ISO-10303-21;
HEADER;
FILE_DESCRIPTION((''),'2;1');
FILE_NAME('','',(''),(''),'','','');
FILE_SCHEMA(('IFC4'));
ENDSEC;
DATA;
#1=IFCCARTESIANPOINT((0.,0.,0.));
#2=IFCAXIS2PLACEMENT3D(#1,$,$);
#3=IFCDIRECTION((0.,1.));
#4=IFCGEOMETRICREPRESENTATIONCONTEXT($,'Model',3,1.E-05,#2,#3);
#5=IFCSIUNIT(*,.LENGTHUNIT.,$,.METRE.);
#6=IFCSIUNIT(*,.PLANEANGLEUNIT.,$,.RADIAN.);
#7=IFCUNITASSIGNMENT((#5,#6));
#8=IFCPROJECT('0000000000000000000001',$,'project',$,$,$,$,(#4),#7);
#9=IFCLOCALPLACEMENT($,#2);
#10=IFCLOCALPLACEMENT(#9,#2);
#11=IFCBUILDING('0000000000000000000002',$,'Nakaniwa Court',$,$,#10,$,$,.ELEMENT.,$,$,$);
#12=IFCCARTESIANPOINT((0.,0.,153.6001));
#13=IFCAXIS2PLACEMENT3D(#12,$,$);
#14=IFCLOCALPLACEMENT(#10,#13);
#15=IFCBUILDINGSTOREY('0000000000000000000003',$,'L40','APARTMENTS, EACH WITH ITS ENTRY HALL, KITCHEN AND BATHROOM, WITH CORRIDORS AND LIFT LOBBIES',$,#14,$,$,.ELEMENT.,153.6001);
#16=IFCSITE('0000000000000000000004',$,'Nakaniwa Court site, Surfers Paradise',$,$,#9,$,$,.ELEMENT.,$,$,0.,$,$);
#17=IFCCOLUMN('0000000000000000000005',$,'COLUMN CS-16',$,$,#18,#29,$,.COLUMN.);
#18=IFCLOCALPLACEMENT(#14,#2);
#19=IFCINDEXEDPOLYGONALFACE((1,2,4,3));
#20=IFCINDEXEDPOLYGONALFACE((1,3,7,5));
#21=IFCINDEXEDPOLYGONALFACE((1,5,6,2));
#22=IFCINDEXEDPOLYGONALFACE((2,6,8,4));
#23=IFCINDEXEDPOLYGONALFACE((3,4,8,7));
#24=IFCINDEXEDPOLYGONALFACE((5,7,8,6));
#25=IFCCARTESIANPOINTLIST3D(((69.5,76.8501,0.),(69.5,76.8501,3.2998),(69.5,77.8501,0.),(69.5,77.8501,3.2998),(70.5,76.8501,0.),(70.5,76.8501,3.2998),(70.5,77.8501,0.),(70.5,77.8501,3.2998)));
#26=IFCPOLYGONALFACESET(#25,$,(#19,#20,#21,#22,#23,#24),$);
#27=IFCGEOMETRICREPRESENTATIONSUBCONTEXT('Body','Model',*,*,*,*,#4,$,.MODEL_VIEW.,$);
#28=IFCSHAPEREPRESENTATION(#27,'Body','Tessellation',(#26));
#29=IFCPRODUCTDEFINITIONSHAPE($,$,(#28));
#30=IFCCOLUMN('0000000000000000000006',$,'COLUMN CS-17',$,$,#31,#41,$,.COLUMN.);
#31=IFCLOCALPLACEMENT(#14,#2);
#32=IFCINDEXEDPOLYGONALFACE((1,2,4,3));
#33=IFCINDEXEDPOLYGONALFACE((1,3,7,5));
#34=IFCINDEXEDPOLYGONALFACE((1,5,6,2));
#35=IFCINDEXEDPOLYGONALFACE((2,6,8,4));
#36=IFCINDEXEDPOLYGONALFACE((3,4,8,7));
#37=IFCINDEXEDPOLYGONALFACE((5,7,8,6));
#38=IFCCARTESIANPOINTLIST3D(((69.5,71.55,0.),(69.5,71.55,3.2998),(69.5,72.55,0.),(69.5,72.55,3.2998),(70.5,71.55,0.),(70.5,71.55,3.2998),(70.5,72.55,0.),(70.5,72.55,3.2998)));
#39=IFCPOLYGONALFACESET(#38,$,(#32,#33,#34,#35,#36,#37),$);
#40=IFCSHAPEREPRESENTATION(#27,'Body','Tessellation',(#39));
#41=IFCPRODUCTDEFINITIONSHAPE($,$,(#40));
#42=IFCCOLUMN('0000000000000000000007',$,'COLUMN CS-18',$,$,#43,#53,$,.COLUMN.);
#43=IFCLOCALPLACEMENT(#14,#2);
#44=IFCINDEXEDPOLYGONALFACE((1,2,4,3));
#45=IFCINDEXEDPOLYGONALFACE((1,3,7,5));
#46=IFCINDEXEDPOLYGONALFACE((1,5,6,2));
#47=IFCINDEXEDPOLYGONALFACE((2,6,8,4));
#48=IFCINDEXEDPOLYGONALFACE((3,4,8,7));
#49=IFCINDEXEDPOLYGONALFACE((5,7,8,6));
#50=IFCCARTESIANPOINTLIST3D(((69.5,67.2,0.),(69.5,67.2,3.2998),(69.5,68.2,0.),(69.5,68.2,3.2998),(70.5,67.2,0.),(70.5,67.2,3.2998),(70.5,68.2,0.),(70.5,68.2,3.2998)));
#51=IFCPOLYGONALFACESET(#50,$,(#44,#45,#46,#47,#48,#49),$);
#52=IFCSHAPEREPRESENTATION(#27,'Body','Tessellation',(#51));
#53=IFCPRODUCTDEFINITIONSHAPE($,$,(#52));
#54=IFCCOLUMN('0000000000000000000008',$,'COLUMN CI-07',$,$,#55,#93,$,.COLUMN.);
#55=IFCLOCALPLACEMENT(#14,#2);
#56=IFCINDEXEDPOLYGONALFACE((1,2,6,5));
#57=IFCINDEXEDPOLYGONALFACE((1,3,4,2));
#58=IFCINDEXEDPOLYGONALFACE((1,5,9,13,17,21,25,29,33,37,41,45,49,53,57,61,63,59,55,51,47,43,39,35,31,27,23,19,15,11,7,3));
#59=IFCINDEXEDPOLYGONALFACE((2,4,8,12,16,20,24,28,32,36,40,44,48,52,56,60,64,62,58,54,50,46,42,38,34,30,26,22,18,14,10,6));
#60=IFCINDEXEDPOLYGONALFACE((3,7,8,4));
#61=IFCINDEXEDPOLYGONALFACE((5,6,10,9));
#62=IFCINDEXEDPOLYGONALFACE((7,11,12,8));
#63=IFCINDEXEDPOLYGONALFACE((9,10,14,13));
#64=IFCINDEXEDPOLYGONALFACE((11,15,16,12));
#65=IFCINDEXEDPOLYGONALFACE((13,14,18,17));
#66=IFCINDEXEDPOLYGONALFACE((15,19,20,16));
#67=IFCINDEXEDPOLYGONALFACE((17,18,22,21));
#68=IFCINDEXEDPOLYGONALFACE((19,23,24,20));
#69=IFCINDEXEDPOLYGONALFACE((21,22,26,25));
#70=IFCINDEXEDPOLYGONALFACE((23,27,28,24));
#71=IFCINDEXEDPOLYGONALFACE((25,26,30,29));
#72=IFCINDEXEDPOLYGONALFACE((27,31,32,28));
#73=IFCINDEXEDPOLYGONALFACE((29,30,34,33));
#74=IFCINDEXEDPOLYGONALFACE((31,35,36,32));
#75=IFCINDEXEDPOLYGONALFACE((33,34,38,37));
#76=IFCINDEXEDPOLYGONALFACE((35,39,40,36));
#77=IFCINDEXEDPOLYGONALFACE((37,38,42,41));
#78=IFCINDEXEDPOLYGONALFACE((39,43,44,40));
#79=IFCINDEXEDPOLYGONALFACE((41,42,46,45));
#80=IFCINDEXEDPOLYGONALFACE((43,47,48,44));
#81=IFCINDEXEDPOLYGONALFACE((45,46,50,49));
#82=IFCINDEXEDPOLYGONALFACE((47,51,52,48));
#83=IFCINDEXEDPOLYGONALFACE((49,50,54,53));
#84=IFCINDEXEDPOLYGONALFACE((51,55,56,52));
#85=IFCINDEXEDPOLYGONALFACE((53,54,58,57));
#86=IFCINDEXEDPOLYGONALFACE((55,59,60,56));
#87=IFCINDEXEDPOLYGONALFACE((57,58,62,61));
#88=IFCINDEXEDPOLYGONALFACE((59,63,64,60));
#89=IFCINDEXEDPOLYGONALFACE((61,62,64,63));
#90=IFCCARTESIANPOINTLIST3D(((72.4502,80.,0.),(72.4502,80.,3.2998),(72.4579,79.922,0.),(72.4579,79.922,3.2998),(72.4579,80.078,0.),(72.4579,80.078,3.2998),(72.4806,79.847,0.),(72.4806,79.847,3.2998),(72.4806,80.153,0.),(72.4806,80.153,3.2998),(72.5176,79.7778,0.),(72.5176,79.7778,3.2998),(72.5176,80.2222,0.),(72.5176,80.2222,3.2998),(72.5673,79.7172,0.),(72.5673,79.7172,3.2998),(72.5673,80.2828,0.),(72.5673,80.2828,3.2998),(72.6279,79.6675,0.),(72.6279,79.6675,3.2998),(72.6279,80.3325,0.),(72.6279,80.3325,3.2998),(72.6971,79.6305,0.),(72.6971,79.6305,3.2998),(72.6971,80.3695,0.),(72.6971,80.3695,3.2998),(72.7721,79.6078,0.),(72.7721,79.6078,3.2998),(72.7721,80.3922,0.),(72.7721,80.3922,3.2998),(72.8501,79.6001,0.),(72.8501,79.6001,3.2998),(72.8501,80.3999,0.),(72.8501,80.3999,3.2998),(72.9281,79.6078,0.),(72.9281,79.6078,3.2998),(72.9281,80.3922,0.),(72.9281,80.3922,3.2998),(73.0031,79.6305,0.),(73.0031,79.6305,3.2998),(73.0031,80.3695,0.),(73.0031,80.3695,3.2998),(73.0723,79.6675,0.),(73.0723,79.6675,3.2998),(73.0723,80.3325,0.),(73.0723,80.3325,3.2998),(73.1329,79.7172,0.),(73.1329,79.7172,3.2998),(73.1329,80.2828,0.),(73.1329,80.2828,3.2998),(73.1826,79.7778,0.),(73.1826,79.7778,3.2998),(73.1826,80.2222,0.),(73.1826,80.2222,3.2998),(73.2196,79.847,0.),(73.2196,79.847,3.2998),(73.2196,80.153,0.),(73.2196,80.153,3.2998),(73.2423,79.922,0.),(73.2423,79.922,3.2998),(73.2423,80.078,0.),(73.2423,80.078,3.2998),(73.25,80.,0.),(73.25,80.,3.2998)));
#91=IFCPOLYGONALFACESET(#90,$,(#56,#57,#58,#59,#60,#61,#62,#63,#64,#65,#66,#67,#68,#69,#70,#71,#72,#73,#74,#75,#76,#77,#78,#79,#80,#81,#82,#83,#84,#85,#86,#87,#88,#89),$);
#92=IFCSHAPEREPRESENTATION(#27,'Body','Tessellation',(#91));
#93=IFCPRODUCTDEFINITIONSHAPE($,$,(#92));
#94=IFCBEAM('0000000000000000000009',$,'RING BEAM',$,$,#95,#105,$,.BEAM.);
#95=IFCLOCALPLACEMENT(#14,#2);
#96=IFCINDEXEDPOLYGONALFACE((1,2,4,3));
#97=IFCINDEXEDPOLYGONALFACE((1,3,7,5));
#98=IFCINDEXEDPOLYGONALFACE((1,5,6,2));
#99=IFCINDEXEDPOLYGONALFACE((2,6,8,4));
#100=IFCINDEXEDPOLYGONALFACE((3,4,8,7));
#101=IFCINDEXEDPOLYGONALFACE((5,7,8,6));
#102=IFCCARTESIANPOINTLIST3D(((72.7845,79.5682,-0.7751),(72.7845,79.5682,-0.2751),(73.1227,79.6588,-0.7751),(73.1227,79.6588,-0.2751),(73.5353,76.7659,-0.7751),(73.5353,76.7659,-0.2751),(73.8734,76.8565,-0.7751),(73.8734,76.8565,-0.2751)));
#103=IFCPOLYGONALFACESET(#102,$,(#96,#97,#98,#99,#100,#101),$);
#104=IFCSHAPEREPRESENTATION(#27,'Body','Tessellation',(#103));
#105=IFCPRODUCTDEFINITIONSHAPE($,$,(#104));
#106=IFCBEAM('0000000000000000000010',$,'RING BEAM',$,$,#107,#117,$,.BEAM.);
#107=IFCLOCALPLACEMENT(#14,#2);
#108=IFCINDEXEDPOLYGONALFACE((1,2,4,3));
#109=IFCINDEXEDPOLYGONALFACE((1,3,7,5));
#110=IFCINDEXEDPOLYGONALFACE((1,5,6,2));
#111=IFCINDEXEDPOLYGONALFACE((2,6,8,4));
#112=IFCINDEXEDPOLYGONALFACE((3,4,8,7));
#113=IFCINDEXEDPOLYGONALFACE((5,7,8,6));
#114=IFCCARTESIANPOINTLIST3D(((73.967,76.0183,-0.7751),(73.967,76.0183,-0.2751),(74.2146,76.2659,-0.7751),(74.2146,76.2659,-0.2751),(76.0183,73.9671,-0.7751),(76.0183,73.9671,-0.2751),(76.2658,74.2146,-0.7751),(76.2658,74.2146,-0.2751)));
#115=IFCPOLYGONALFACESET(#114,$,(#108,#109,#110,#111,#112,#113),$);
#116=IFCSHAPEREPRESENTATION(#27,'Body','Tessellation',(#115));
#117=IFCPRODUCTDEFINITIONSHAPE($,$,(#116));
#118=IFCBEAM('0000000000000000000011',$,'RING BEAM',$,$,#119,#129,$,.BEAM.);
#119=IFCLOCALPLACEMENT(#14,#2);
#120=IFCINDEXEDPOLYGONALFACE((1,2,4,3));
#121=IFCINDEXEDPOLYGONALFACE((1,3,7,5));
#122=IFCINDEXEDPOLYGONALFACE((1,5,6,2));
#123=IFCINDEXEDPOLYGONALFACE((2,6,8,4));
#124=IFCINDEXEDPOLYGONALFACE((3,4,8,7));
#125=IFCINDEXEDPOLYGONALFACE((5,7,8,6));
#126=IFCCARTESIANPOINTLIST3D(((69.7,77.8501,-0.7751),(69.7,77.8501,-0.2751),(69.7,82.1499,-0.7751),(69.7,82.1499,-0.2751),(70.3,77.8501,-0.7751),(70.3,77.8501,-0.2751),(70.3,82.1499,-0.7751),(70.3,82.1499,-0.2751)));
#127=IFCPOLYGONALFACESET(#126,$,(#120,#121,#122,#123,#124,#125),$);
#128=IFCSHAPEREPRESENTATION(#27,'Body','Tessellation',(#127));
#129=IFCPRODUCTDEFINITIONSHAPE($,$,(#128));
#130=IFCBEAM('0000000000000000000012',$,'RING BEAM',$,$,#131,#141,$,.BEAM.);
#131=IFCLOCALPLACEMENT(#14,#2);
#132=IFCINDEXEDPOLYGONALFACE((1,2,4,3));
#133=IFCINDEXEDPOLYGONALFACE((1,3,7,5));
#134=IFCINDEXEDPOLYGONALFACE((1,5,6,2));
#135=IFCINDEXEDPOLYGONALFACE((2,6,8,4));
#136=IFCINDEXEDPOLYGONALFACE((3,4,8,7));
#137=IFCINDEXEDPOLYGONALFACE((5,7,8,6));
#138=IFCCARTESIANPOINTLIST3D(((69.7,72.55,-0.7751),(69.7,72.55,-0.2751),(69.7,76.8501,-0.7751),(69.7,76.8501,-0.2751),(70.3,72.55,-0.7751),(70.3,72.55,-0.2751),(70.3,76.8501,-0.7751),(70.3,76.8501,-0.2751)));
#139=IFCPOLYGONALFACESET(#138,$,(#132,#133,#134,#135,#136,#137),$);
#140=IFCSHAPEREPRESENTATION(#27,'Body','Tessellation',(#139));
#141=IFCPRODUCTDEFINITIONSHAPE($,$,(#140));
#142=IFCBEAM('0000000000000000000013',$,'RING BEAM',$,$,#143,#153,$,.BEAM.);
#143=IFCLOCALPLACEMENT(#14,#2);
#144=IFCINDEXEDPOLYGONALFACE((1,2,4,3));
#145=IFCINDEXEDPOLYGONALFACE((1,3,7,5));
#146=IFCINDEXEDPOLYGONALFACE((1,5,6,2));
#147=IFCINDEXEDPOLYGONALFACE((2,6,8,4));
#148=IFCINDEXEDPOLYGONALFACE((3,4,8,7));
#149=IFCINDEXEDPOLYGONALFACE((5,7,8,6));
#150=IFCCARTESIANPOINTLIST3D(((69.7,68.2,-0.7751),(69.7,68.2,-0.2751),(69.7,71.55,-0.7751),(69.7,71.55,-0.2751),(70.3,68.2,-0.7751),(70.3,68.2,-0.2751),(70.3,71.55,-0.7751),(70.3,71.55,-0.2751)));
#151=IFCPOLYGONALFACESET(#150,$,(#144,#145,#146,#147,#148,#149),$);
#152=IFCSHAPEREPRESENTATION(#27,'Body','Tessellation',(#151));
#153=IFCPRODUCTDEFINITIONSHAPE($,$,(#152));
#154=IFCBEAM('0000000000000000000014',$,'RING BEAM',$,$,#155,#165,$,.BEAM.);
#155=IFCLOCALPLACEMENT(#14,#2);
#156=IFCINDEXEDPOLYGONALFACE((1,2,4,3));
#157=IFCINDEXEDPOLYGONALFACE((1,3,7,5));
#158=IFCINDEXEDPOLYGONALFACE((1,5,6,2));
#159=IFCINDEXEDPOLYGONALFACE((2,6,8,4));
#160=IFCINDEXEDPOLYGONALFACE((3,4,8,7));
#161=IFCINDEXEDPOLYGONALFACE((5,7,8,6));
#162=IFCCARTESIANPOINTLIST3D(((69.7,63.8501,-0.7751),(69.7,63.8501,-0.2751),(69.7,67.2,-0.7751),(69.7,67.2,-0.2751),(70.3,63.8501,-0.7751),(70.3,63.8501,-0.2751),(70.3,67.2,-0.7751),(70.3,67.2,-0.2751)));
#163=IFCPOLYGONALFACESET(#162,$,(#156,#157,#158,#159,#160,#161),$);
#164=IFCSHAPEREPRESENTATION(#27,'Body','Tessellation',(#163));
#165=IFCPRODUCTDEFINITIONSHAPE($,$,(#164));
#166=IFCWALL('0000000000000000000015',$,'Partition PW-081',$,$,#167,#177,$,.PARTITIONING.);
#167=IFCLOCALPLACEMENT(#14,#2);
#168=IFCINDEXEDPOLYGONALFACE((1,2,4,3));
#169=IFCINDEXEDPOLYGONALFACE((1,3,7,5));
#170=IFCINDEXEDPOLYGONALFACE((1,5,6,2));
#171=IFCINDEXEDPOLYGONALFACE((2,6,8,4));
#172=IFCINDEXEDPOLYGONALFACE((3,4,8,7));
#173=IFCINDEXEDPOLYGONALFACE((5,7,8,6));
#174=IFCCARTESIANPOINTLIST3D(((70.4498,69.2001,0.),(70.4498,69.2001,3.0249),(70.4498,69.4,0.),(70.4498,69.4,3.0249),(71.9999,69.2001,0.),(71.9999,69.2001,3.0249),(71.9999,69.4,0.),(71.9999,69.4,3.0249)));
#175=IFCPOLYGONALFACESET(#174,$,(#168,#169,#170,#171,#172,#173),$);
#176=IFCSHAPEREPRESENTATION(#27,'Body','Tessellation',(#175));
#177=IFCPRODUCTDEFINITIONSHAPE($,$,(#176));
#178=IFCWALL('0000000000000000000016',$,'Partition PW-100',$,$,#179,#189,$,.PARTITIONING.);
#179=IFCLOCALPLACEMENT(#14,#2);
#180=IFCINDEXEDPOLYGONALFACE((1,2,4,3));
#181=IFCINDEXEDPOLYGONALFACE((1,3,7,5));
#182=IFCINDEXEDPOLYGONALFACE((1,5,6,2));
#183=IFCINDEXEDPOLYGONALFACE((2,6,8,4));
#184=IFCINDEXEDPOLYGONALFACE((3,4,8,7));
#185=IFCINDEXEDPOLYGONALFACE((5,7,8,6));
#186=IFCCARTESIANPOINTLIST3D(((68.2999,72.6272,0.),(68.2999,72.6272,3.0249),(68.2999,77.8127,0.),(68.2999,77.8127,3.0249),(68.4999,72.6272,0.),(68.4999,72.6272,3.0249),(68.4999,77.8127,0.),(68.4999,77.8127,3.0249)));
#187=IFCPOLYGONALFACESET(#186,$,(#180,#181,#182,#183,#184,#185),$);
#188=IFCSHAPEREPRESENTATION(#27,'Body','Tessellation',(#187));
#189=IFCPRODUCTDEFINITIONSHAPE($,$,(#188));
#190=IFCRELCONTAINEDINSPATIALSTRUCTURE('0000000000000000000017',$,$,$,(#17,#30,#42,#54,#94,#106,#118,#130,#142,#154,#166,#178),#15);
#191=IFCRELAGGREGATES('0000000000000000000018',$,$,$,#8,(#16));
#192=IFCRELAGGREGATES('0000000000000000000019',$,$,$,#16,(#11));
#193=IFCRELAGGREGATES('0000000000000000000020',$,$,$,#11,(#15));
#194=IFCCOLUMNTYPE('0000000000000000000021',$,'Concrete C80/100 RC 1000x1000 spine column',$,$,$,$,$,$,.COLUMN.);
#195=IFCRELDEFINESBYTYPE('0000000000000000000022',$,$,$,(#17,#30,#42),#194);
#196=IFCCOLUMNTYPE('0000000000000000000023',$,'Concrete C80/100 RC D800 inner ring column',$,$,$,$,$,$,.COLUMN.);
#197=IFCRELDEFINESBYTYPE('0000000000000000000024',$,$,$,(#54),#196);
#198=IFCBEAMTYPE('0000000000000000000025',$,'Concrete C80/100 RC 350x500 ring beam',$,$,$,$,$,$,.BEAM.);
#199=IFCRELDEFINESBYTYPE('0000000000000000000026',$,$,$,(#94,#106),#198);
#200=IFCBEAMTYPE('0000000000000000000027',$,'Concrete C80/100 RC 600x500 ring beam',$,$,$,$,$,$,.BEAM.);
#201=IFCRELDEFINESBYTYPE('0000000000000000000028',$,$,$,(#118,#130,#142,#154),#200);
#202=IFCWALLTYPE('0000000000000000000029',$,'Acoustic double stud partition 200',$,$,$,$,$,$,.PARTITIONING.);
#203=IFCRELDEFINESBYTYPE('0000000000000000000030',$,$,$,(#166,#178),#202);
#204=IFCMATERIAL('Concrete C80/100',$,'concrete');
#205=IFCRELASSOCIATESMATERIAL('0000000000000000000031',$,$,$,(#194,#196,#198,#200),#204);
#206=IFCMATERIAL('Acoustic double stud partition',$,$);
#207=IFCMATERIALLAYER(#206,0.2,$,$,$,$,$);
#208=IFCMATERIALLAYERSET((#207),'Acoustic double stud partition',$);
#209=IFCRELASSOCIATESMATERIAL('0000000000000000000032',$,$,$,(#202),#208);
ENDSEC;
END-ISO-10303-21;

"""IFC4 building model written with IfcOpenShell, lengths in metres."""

from ifc_helpers import new_model, si_unit, direction, frame, frame_2d, origin, origin_2d, place, context, subcontext, project, spatial, rectangle, circle, extrude, material, layer, layer_set, material_profile, profile_set, type_object, element, save


model = new_model("IFC4")

# Units and contexts
model_context = context("Model", 3, precision=1e-05, world=origin(), true_north=direction((0.0, 1.0)))
body_context = subcontext(model_context, "Body", "Model", "MODEL_VIEW")
ifc_project = project(units=[si_unit("LENGTHUNIT", "METRE"), si_unit("PLANEANGLEUNIT", "RADIAN")], contexts=[model_context])

# Site, building, storey
site_placement = place(None, origin())
site = spatial("IfcSite", under=ifc_project, at=site_placement, Name="Nakaniwa Court site, Surfers Paradise", CompositionType="ELEMENT", RefElevation=0.0)
building_placement = place(site_placement, origin())
building = spatial("IfcBuilding", under=site, at=building_placement, Name="Nakaniwa Court", CompositionType="ELEMENT")
storey_placement = place(building_placement, frame((0.0, 0.0, 153.6001)))
storey = spatial("IfcBuildingStorey", under=building, at=storey_placement, Name="L40", Description="APARTMENTS, EACH WITH ITS ENTRY HALL, KITCHEN AND BATHROOM, WITH CORRIDORS AND LIFT LOBBIES", CompositionType="ELEMENT", Elevation=153.6001)

# Columns
ifc_material_1 = material(Name="Concrete C80/100", Category="concrete")
ifc_material_profile_1 = material_profile(ifc_material_1, rectangle(XDim=1.0, YDim=1.0, at=origin_2d()), Name="Concrete C80/100 RC 1000x1000 spine column")
ifc_profile_set_1 = profile_set([ifc_material_profile_1], Name="Concrete C80/100")
column_type_1 = type_object("IfcColumnType", Name="Concrete C80/100 RC 1000x1000 spine column", PredefinedType="COLUMN", material=ifc_profile_set_1)
for number, where, z_axis, x_axis, name in (
    (1, (70.0, 77.3501, 0.0), (0.0, 0.0, 1.0), (0.0, -1.0, 0.0), "COLUMN CS-16"),
    (2, (70.0, 72.05, 0.0), (0.0, 0.0, 1.0), (0.0, -1.0, 0.0), "COLUMN CS-17"),
    (3, (70.0, 67.7, 0.0), (0.0, 0.0, 1.0), (0.0, -1.0, 0.0), "COLUMN CS-18"),
):
    element("IfcColumn", number, at=place(storey_placement, frame(where, z_axis=z_axis, x_axis=x_axis)), inside=storey, type_object=column_type_1, Name=name, PredefinedType="COLUMN", context=body_context, shape_type="SweptSolid", body=[
        extrude(rectangle(XDim=1.0, YDim=1.0, at=origin_2d()), origin(), (0.0, 0.0, 1.0), 3.2998),
    ])
ifc_material_profile_2 = material_profile(ifc_material_1, circle(Radius=0.3999, at=origin_2d()), Name="Concrete C80/100 RC D800 inner ring column")
ifc_profile_set_2 = profile_set([ifc_material_profile_2], Name="Concrete C80/100")
column_type_2 = type_object("IfcColumnType", Name="Concrete C80/100 RC D800 inner ring column", PredefinedType="COLUMN", material=ifc_profile_set_2)
for number, where, z_axis, x_axis, name in (
    (4, (72.8501, 80.0, 0.0), (0.0, 0.0, 1.0), (0.0, -1.0, 0.0), "COLUMN CI-07"),
):
    element("IfcColumn", number, at=place(storey_placement, frame(where, z_axis=z_axis, x_axis=x_axis)), inside=storey, type_object=column_type_2, Name=name, PredefinedType="COLUMN", context=body_context, shape_type="SweptSolid", body=[
        extrude(circle(Radius=0.3999, at=origin_2d()), origin(), (0.0, 0.0, 1.0), 3.2998),
    ])

# Beams
ifc_material_profile_3 = material_profile(ifc_material_1, rectangle(XDim=0.3501, YDim=0.5, at=origin_2d()), Name="Concrete C80/100 RC 350x500 ring beam")
ifc_profile_set_3 = profile_set([ifc_material_profile_3], Name="Concrete C80/100")
beam_type_1 = type_object("IfcBeamType", Name="Concrete C80/100 RC 350x500 ring beam", PredefinedType="BEAM", material=ifc_profile_set_3)
beam_1_placement = place(storey_placement, frame((72.9536, 79.6135, -0.5251), z_axis=(0.258778, -0.965937, 0.0), x_axis=(0.965937, 0.258778, 0.0)))
element("IfcBeam", 5, at=beam_1_placement, inside=storey, type_object=beam_type_1, Name="RING BEAM", PredefinedType="BEAM", context=body_context, shape_type="SweptSolid", body=[
    extrude(rectangle(XDim=0.3501, YDim=0.5, at=origin_2d()), origin(), (0.0, 0.0, 1.0), 2.9011),
])
beam_2_placement = place(storey_placement, frame((74.0908, 76.1421, -0.5251), z_axis=(0.707107, -0.707107, 0.0), x_axis=(0.707107, 0.707107, 0.0)))
element("IfcBeam", 6, at=beam_2_placement, inside=storey, type_object=beam_type_1, Name="RING BEAM", PredefinedType="BEAM", context=body_context, shape_type="SweptSolid", body=[
    extrude(rectangle(XDim=0.3501, YDim=0.5, at=origin_2d()), origin(), (0.0, 0.0, 1.0), 2.9009),
])
ifc_material_profile_4 = material_profile(ifc_material_1, rectangle(XDim=0.6001, YDim=0.5, at=origin_2d()), Name="Concrete C80/100 RC 600x500 ring beam")
ifc_profile_set_4 = profile_set([ifc_material_profile_4], Name="Concrete C80/100")
beam_type_2 = type_object("IfcBeamType", Name="Concrete C80/100 RC 600x500 ring beam", PredefinedType="BEAM", material=ifc_profile_set_4)
beam_3_placement = place(storey_placement, frame((70.0, 82.1499, -0.5251), z_axis=(0.0, -1.0, 0.0), x_axis=(1.0, 0.0, 0.0)))
element("IfcBeam", 7, at=beam_3_placement, inside=storey, type_object=beam_type_2, Name="RING BEAM", PredefinedType="BEAM", context=body_context, shape_type="SweptSolid", body=[
    extrude(rectangle(XDim=0.6001, YDim=0.5, at=origin_2d()), origin(), (0.0, 0.0, 1.0), 4.2998),
])
beam_4_placement = place(storey_placement, frame((70.0, 76.8501, -0.5251), z_axis=(0.0, -1.0, 0.0), x_axis=(1.0, 0.0, 0.0)))
element("IfcBeam", 8, at=beam_4_placement, inside=storey, type_object=beam_type_2, Name="RING BEAM", PredefinedType="BEAM", context=body_context, shape_type="SweptSolid", body=[
    extrude(rectangle(XDim=0.6001, YDim=0.5, at=origin_2d()), origin(), (0.0, 0.0, 1.0), 4.3),
])
beam_5_placement = place(storey_placement, frame((70.0, 71.55, -0.5251), z_axis=(0.0, -1.0, 0.0), x_axis=(1.0, 0.0, 0.0)))
element("IfcBeam", 9, at=beam_5_placement, inside=storey, type_object=beam_type_2, Name="RING BEAM", PredefinedType="BEAM", context=body_context, shape_type="SweptSolid", body=[
    extrude(rectangle(XDim=0.6001, YDim=0.5, at=origin_2d()), origin(), (0.0, 0.0, 1.0), 3.3501),
])
beam_6_placement = place(storey_placement, frame((70.0, 67.2, -0.5251), z_axis=(0.0, -1.0, 0.0), x_axis=(1.0, 0.0, 0.0)))
element("IfcBeam", 10, at=beam_6_placement, inside=storey, type_object=beam_type_2, Name="RING BEAM", PredefinedType="BEAM", context=body_context, shape_type="SweptSolid", body=[
    extrude(rectangle(XDim=0.6001, YDim=0.5, at=origin_2d()), origin(), (0.0, 0.0, 1.0), 3.3499),
])

# Walls
ifc_material_2 = material(Name="Acoustic double stud partition")
ifc_layer_1 = layer(ifc_material_2, 0.2)
ifc_layer_set_1 = layer_set([ifc_layer_1], Name="Acoustic double stud partition")
wall_type_1 = type_object("IfcWallType", Name="Acoustic double stud partition 200", PredefinedType="PARTITIONING", material=ifc_layer_set_1)
wall_1_placement = place(storey_placement, frame((70.45, 69.3, 0.0), z_axis=(0.0, 0.0, 1.0), x_axis=(1.0, 0.0, 0.0)))
element("IfcWall", 11, at=wall_1_placement, inside=storey, type_object=wall_type_1, Name="Partition PW-081", PredefinedType="PARTITIONING", context=body_context, shape_type="SweptSolid", body=[
    extrude(rectangle(XDim=1.55, YDim=0.2, at=frame_2d((0.7749, 0.0))), origin(), (0.0, 0.0, 1.0), 3.0249),
])
wall_2_placement = place(storey_placement, frame((68.3999, 72.6272, 0.0), z_axis=(0.0, 0.0, 1.0), x_axis=(0.0, 1.0, 0.0)))
element("IfcWall", 12, at=wall_2_placement, inside=storey, type_object=wall_type_1, Name="Partition PW-100", PredefinedType="PARTITIONING", context=body_context, shape_type="SweptSolid", body=[
    extrude(rectangle(XDim=5.1855, YDim=0.2, at=frame_2d((2.5928, 0.0))), origin(), (0.0, 0.0, 1.0), 3.0249),
])

save(model, "model.ifc")
